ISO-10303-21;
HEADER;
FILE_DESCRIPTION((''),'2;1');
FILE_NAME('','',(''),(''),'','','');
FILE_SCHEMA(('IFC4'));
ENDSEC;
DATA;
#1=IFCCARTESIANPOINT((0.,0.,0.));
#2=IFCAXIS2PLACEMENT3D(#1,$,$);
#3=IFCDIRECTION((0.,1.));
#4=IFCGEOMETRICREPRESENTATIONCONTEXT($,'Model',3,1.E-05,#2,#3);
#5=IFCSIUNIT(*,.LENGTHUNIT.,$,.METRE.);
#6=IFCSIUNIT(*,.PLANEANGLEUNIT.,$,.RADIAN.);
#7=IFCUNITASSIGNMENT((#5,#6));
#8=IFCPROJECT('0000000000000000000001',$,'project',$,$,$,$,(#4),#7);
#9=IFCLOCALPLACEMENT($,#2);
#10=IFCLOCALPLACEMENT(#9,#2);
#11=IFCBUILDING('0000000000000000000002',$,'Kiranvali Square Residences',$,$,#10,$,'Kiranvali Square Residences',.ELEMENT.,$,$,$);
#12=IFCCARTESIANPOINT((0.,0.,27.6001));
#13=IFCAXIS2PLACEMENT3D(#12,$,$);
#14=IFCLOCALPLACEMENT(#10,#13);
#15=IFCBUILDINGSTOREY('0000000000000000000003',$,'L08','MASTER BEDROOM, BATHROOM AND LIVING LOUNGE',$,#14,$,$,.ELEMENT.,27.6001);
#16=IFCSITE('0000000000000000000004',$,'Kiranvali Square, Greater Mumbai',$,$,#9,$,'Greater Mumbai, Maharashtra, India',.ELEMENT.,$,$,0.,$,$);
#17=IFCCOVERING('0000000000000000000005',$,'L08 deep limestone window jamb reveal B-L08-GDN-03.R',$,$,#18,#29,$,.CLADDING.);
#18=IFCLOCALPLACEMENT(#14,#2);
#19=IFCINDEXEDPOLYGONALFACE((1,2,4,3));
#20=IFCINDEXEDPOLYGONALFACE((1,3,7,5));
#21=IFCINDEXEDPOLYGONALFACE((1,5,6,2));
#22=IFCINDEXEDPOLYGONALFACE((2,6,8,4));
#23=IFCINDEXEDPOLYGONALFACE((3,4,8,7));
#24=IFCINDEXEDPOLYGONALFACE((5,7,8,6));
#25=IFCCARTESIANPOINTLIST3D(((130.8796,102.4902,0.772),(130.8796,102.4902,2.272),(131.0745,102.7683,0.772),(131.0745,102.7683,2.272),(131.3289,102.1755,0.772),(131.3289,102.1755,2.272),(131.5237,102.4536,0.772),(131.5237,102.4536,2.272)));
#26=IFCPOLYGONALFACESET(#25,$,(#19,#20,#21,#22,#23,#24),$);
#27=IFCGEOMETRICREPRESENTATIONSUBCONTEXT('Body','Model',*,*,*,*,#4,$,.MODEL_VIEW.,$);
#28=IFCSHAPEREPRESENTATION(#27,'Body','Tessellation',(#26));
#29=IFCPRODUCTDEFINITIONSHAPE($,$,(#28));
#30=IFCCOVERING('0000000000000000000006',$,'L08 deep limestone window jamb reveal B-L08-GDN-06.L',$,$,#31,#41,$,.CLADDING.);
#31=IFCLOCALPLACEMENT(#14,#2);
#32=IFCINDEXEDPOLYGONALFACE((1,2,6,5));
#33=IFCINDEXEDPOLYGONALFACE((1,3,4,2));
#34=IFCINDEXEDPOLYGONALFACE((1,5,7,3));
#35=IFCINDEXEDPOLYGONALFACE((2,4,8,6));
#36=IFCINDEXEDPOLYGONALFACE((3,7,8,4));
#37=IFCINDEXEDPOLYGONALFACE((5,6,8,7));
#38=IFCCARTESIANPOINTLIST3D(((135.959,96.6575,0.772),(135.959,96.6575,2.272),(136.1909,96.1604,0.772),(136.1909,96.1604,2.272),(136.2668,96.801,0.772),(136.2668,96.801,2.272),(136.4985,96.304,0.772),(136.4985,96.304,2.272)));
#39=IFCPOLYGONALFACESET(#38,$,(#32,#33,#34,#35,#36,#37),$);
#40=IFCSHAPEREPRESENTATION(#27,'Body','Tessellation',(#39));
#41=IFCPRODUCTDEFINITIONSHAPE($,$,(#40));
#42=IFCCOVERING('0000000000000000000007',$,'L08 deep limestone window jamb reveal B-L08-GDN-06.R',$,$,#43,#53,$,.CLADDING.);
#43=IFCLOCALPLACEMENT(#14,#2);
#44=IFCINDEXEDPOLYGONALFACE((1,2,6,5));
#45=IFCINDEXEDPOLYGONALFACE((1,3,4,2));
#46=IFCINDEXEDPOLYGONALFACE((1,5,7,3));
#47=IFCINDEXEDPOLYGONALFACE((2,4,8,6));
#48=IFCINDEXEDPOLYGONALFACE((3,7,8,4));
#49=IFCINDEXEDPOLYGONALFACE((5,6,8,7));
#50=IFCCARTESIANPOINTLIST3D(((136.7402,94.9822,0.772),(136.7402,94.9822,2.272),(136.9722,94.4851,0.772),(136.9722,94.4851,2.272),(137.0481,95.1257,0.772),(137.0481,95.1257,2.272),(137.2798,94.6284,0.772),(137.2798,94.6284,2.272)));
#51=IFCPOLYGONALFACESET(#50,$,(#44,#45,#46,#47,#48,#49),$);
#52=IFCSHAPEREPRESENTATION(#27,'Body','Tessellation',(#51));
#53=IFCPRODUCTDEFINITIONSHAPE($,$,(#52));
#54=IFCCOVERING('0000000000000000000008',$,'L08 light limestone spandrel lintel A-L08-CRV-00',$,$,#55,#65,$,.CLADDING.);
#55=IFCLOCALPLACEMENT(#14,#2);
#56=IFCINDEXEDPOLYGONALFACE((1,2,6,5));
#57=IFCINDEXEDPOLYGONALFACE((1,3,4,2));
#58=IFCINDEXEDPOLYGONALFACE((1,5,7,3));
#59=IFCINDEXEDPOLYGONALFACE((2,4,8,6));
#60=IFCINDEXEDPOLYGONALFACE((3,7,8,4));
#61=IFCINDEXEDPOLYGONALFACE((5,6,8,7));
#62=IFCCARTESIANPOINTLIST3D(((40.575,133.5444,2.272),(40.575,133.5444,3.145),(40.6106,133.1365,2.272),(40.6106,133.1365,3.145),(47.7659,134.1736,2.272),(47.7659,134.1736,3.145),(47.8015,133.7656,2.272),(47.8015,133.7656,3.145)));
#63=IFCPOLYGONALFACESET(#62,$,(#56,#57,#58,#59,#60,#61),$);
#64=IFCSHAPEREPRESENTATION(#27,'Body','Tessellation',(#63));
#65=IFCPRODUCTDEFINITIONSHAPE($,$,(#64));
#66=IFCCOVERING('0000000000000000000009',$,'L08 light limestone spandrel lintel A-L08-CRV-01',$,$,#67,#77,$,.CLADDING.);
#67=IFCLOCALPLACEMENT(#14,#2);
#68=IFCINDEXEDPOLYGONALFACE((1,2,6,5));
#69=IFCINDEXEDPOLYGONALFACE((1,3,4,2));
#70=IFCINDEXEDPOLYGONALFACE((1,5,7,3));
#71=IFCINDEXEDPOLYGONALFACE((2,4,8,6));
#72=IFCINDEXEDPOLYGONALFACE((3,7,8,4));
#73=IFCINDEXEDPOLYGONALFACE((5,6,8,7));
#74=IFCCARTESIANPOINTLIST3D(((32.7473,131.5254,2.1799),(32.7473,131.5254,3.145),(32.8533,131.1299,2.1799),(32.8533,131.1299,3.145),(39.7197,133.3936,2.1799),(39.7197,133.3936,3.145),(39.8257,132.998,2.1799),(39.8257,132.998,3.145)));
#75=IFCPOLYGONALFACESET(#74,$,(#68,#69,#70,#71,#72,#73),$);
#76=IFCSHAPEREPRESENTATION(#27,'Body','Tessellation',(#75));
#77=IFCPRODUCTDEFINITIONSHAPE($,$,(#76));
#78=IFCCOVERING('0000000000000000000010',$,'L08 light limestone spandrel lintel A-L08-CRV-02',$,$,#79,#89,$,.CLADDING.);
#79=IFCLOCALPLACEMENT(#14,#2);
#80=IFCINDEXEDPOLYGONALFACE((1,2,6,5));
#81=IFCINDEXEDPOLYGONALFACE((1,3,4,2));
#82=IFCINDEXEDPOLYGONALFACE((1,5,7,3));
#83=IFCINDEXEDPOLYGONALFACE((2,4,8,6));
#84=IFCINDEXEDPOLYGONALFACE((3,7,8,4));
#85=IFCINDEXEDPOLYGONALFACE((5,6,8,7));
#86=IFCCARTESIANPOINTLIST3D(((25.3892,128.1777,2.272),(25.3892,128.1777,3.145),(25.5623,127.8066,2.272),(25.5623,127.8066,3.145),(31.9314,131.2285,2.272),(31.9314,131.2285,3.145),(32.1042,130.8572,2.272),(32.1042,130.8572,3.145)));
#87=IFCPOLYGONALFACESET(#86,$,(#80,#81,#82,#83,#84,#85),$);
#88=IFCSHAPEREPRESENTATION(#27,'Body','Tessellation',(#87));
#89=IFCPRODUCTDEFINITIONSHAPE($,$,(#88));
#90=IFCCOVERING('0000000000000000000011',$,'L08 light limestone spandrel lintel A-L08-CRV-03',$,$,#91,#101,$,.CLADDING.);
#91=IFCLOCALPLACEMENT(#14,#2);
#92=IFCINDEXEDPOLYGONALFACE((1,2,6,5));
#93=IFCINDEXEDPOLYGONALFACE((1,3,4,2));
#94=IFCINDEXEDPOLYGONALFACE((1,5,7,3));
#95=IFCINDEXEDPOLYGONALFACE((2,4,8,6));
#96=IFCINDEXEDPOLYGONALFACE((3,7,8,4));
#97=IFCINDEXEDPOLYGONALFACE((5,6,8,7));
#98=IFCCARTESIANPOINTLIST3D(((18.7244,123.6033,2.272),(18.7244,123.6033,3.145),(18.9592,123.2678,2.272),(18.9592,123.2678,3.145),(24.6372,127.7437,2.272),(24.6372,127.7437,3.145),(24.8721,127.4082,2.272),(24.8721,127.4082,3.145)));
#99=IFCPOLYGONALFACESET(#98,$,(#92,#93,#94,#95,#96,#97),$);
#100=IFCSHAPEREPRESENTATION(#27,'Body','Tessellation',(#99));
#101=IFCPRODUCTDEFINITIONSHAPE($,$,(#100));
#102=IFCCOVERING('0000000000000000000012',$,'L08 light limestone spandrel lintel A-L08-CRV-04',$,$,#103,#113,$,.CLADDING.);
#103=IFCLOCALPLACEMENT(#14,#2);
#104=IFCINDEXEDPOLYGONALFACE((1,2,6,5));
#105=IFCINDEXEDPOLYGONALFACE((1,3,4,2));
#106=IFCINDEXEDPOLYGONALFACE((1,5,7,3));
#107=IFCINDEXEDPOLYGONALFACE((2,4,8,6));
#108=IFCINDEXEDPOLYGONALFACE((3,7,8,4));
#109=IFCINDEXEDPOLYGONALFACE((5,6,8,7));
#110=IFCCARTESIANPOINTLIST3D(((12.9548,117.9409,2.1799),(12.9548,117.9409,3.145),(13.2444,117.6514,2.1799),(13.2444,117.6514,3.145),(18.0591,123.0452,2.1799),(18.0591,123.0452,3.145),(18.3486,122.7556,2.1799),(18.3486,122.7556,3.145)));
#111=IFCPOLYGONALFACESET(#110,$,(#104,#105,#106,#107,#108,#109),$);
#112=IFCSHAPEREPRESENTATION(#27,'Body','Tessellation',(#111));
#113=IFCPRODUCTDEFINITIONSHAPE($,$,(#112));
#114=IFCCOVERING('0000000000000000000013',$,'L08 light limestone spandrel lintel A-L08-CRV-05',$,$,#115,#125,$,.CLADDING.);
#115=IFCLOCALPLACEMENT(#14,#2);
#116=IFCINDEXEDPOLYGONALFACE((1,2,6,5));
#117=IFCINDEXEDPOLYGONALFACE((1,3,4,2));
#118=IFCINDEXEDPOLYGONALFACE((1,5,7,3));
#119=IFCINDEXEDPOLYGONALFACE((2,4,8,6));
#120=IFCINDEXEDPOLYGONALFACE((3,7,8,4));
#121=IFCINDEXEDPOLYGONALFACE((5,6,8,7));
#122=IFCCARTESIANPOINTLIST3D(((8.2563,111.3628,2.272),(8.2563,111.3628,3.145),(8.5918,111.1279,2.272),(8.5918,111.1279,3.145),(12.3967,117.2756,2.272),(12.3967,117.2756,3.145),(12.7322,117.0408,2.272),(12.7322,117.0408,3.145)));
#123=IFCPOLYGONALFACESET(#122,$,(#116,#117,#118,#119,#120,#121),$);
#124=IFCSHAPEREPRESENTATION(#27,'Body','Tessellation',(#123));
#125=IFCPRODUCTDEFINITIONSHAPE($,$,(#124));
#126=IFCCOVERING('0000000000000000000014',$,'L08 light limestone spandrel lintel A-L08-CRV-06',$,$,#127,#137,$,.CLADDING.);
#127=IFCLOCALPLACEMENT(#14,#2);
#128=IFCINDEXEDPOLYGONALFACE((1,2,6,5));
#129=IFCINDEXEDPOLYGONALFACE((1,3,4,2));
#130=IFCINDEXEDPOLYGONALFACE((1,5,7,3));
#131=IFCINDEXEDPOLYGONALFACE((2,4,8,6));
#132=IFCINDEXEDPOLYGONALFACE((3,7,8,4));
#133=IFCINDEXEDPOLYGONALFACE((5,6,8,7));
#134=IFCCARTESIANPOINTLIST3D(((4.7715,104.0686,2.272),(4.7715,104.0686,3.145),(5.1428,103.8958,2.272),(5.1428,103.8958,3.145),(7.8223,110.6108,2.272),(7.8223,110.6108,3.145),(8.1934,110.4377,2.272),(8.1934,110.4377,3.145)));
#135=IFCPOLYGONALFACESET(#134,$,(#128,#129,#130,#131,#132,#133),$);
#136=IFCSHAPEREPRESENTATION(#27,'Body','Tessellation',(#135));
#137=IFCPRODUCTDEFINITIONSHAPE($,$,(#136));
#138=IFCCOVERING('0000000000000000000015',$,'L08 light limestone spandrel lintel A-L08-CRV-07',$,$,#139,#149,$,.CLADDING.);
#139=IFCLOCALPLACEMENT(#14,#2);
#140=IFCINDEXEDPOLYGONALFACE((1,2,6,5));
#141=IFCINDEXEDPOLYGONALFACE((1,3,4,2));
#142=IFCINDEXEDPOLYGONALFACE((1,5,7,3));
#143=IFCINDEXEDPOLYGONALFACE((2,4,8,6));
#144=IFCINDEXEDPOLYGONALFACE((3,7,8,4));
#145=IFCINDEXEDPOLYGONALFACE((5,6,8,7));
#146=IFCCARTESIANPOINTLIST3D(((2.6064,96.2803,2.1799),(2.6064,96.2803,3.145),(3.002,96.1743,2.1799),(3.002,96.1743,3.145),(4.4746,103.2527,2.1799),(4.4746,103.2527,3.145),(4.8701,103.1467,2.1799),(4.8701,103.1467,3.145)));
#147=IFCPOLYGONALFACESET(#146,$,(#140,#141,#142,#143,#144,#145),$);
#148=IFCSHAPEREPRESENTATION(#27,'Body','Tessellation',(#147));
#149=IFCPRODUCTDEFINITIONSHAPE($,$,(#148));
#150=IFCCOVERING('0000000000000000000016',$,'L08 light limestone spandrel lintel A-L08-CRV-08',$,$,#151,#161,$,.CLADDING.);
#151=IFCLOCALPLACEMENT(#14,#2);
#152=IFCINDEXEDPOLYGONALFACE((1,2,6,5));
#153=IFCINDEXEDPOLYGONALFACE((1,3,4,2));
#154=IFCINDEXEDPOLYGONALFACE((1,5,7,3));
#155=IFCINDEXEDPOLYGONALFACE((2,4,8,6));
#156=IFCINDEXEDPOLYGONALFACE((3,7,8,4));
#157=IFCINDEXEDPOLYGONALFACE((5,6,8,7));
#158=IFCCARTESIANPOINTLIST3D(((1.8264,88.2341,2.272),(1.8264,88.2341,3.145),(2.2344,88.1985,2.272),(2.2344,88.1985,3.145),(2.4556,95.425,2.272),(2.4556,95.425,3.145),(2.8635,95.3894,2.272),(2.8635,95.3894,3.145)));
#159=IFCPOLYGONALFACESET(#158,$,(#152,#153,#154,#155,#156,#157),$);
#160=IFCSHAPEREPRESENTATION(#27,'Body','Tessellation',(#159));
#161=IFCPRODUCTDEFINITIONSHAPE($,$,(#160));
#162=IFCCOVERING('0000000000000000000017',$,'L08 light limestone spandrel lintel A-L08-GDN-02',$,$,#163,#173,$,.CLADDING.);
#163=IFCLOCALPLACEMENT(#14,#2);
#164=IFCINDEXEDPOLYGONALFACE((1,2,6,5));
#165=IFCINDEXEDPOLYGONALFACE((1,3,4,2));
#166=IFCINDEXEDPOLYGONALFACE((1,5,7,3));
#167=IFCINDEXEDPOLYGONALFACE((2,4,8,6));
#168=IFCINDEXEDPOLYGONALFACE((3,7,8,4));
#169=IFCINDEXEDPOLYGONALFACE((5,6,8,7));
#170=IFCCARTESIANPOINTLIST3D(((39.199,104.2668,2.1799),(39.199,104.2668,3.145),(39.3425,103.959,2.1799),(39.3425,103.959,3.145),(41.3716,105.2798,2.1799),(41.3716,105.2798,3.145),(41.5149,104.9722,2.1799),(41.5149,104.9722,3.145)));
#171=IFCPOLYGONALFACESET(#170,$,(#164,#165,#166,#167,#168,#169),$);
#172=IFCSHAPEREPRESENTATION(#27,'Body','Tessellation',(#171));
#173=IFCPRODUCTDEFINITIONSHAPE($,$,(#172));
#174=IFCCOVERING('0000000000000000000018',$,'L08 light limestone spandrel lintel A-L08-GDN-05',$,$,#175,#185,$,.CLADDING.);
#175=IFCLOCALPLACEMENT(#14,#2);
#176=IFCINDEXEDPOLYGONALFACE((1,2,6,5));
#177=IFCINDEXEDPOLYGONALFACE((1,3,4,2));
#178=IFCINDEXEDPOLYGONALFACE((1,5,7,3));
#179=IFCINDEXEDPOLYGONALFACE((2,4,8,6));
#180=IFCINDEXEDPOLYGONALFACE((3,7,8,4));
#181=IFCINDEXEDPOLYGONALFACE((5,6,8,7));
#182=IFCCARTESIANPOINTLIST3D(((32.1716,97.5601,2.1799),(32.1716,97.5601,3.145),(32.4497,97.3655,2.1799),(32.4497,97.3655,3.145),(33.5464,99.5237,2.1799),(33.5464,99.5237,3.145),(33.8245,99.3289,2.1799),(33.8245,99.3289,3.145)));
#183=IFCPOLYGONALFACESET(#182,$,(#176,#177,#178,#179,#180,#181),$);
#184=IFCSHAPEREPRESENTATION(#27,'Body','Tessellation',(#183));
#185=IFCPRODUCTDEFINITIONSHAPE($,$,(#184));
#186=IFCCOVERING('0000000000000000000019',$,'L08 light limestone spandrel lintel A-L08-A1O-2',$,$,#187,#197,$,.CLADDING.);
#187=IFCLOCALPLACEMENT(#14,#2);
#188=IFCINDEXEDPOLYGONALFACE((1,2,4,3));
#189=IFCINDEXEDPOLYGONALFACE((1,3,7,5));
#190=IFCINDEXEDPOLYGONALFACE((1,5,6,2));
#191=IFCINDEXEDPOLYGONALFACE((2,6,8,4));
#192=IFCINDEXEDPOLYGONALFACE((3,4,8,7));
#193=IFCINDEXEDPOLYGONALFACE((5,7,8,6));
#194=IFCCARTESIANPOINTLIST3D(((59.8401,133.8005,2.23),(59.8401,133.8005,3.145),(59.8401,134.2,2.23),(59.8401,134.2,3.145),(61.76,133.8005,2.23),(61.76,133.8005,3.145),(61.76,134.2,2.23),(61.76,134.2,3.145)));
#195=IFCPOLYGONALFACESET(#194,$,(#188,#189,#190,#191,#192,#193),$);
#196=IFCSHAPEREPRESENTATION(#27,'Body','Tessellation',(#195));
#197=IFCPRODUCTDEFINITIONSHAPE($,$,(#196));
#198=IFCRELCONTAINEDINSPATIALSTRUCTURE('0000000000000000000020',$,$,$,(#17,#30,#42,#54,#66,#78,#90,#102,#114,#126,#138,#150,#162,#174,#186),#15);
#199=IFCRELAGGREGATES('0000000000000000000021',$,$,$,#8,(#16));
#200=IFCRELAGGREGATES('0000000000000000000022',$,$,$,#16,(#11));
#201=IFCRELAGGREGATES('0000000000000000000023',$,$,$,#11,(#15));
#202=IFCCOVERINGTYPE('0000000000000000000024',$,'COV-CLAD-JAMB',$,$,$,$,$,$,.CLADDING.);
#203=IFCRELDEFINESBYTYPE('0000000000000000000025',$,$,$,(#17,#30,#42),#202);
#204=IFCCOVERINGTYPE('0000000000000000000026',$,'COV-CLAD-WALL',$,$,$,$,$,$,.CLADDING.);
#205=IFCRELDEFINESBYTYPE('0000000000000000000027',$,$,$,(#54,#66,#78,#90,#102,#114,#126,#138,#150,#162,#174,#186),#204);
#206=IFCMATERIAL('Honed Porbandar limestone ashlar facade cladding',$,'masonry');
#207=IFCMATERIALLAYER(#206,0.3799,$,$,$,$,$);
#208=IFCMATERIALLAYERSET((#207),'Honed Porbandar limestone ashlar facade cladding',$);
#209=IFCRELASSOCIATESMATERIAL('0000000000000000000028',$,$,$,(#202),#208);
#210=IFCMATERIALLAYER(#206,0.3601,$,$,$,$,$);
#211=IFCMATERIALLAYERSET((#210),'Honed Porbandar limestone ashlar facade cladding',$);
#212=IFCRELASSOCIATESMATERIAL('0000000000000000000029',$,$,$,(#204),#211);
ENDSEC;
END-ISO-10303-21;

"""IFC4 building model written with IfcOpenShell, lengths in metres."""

from ifc_helpers import new_model, si_unit, direction, frame, origin, place, context, subcontext, project, spatial, polyline, outline, extrude, material, layer, layer_set, type_object, element, save


model = new_model("IFC4")

# Units and contexts
model_context = context("Model", 3, precision=1e-05, world=origin(), true_north=direction((0.0, 1.0)))
body_context = subcontext(model_context, "Body", "Model", "MODEL_VIEW")
ifc_project = project(units=[si_unit("LENGTHUNIT", "METRE"), si_unit("PLANEANGLEUNIT", "RADIAN")], contexts=[model_context])

# Site, building, storey
site_placement = place(None, origin())
site = spatial("IfcSite", under=ifc_project, at=site_placement, Name="Kiranvali Square, Greater Mumbai", LongName="Greater Mumbai, Maharashtra, India", CompositionType="ELEMENT", RefElevation=0.0)
building_placement = place(site_placement, origin())
building = spatial("IfcBuilding", under=site, at=building_placement, Name="Kiranvali Square Residences", LongName="Kiranvali Square Residences", CompositionType="ELEMENT")
storey_placement = place(building_placement, frame((0.0, 0.0, 27.6001)))
storey = spatial("IfcBuildingStorey", under=building, at=storey_placement, Name="L08", Description="MASTER BEDROOM, BATHROOM AND LIVING LOUNGE", CompositionType="ELEMENT", Elevation=27.6001)

# Coverings
ifc_material = material(Name="Honed Porbandar limestone ashlar facade cladding", Category="masonry")
ifc_layer_1 = layer(ifc_material, 0.3799)
ifc_layer_set_1 = layer_set([ifc_layer_1], Name="Honed Porbandar limestone ashlar facade cladding")
covering_type_1 = type_object("IfcCoveringType", Name="COV-CLAD-JAMB", PredefinedType="CLADDING", material=ifc_layer_set_1)
covering_1_placement = place(storey_placement, frame((0.0, 0.0, 0.772)))
element("IfcCovering", 1, at=covering_1_placement, inside=storey, type_object=covering_type_1, Name="L08 deep limestone window jamb reveal B-L08-GDN-03.R", PredefinedType="CLADDING", context=body_context, shape_type="SweptSolid", body=[
    extrude(outline(polyline([(130.8796, 102.4902), (131.3289, 102.1755), (131.5237, 102.4536), (131.0745, 102.7683), (130.8796, 102.4902)])), origin(), (0.0, 0.0, 1.0), 1.5),
])
covering_2_placement = place(storey_placement, frame((0.0, 0.0, 0.772)))
element("IfcCovering", 2, at=covering_2_placement, inside=storey, type_object=covering_type_1, Name="L08 deep limestone window jamb reveal B-L08-GDN-06.L", PredefinedType="CLADDING", context=body_context, shape_type="SweptSolid", body=[
    extrude(outline(polyline([(135.959, 96.6575), (136.1909, 96.1604), (136.4985, 96.304), (136.2668, 96.801), (135.959, 96.6575)])), origin(), (0.0, 0.0, 1.0), 1.5),
])
covering_3_placement = place(storey_placement, frame((0.0, 0.0, 0.772)))
element("IfcCovering", 3, at=covering_3_placement, inside=storey, type_object=covering_type_1, Name="L08 deep limestone window jamb reveal B-L08-GDN-06.R", PredefinedType="CLADDING", context=body_context, shape_type="SweptSolid", body=[
    extrude(outline(polyline([(136.7402, 94.9822), (136.9722, 94.4851), (137.2798, 94.6284), (137.0481, 95.1257), (136.7402, 94.9822)])), origin(), (0.0, 0.0, 1.0), 1.5),
])
ifc_layer_2 = layer(ifc_material, 0.3601)
ifc_layer_set_2 = layer_set([ifc_layer_2], Name="Honed Porbandar limestone ashlar facade cladding")
covering_type_2 = type_object("IfcCoveringType", Name="COV-CLAD-WALL", PredefinedType="CLADDING", material=ifc_layer_set_2)
covering_4_placement = place(storey_placement, frame((0.0, 0.0, 2.272)))
element("IfcCovering", 4, at=covering_4_placement, inside=storey, type_object=covering_type_2, Name="L08 light limestone spandrel lintel A-L08-CRV-00", PredefinedType="CLADDING", context=body_context, shape_type="SweptSolid", body=[
    extrude(outline(polyline([(47.7659, 134.1736), (40.575, 133.5444), (40.6106, 133.1365), (47.8015, 133.7656), (47.7659, 134.1736)])), origin(), (0.0, 0.0, 1.0), 0.873),
])
covering_5_placement = place(storey_placement, frame((0.0, 0.0, 2.1799)))
element("IfcCovering", 5, at=covering_5_placement, inside=storey, type_object=covering_type_2, Name="L08 light limestone spandrel lintel A-L08-CRV-01", PredefinedType="CLADDING", context=body_context, shape_type="SweptSolid", body=[
    extrude(outline(polyline([(39.7197, 133.3936), (32.7473, 131.5254), (32.8533, 131.1299), (39.8257, 132.998), (39.7197, 133.3936)])), origin(), (0.0, 0.0, 1.0), 0.9651),
])
covering_6_placement = place(storey_placement, frame((0.0, 0.0, 2.272)))
element("IfcCovering", 6, at=covering_6_placement, inside=storey, type_object=covering_type_2, Name="L08 light limestone spandrel lintel A-L08-CRV-02", PredefinedType="CLADDING", context=body_context, shape_type="SweptSolid", body=[
    extrude(outline(polyline([(31.9314, 131.2285), (25.3892, 128.1777), (25.5623, 127.8066), (32.1042, 130.8572), (31.9314, 131.2285)])), origin(), (0.0, 0.0, 1.0), 0.873),
])
covering_7_placement = place(storey_placement, frame((0.0, 0.0, 2.272)))
element("IfcCovering", 7, at=covering_7_placement, inside=storey, type_object=covering_type_2, Name="L08 light limestone spandrel lintel A-L08-CRV-03", PredefinedType="CLADDING", context=body_context, shape_type="SweptSolid", body=[
    extrude(outline(polyline([(24.6372, 127.7437), (18.7244, 123.6033), (18.9592, 123.2678), (24.8721, 127.4082), (24.6372, 127.7437)])), origin(), (0.0, 0.0, 1.0), 0.873),
])
covering_8_placement = place(storey_placement, frame((0.0, 0.0, 2.1799)))
element("IfcCovering", 8, at=covering_8_placement, inside=storey, type_object=covering_type_2, Name="L08 light limestone spandrel lintel A-L08-CRV-04", PredefinedType="CLADDING", context=body_context, shape_type="SweptSolid", body=[
    extrude(outline(polyline([(18.0591, 123.0452), (12.9548, 117.9409), (13.2444, 117.6514), (18.3486, 122.7556), (18.0591, 123.0452)])), origin(), (0.0, 0.0, 1.0), 0.9651),
])
covering_9_placement = place(storey_placement, frame((0.0, 0.0, 2.272)))
element("IfcCovering", 9, at=covering_9_placement, inside=storey, type_object=covering_type_2, Name="L08 light limestone spandrel lintel A-L08-CRV-05", PredefinedType="CLADDING", context=body_context, shape_type="SweptSolid", body=[
    extrude(outline(polyline([(12.3967, 117.2756), (8.2563, 111.3628), (8.5918, 111.1279), (12.7322, 117.0408), (12.3967, 117.2756)])), origin(), (0.0, 0.0, 1.0), 0.873),
])
covering_10_placement = place(storey_placement, frame((0.0, 0.0, 2.272)))
element("IfcCovering", 10, at=covering_10_placement, inside=storey, type_object=covering_type_2, Name="L08 light limestone spandrel lintel A-L08-CRV-06", PredefinedType="CLADDING", context=body_context, shape_type="SweptSolid", body=[
    extrude(outline(polyline([(7.8223, 110.6108), (4.7715, 104.0686), (5.1428, 103.8958), (8.1934, 110.4377), (7.8223, 110.6108)])), origin(), (0.0, 0.0, 1.0), 0.873),
])
covering_11_placement = place(storey_placement, frame((0.0, 0.0, 2.1799)))
element("IfcCovering", 11, at=covering_11_placement, inside=storey, type_object=covering_type_2, Name="L08 light limestone spandrel lintel A-L08-CRV-07", PredefinedType="CLADDING", context=body_context, shape_type="SweptSolid", body=[
    extrude(outline(polyline([(4.4746, 103.2527), (2.6064, 96.2803), (3.002, 96.1743), (4.8701, 103.1467), (4.4746, 103.2527)])), origin(), (0.0, 0.0, 1.0), 0.9651),
])
covering_12_placement = place(storey_placement, frame((0.0, 0.0, 2.272)))
element("IfcCovering", 12, at=covering_12_placement, inside=storey, type_object=covering_type_2, Name="L08 light limestone spandrel lintel A-L08-CRV-08", PredefinedType="CLADDING", context=body_context, shape_type="SweptSolid", body=[
    extrude(outline(polyline([(2.4556, 95.425), (1.8264, 88.2341), (2.2344, 88.1985), (2.8635, 95.3894), (2.4556, 95.425)])), origin(), (0.0, 0.0, 1.0), 0.873),
])
covering_13_placement = place(storey_placement, frame((0.0, 0.0, 2.1799)))
element("IfcCovering", 13, at=covering_13_placement, inside=storey, type_object=covering_type_2, Name="L08 light limestone spandrel lintel A-L08-GDN-02", PredefinedType="CLADDING", context=body_context, shape_type="SweptSolid", body=[
    extrude(outline(polyline([(41.3716, 105.2798), (39.199, 104.2668), (39.3425, 103.959), (41.5149, 104.9722), (41.3716, 105.2798)])), origin(), (0.0, 0.0, 1.0), 0.9651),
])
covering_14_placement = place(storey_placement, frame((0.0, 0.0, 2.1799)))
element("IfcCovering", 14, at=covering_14_placement, inside=storey, type_object=covering_type_2, Name="L08 light limestone spandrel lintel A-L08-GDN-05", PredefinedType="CLADDING", context=body_context, shape_type="SweptSolid", body=[
    extrude(outline(polyline([(33.5464, 99.5237), (32.1716, 97.5601), (32.4497, 97.3655), (33.8245, 99.3289), (33.5464, 99.5237)])), origin(), (0.0, 0.0, 1.0), 0.9651),
])
covering_15_placement = place(storey_placement, frame((0.0, 0.0, 2.23)))
element("IfcCovering", 15, at=covering_15_placement, inside=storey, type_object=covering_type_2, Name="L08 light limestone spandrel lintel A-L08-A1O-2", PredefinedType="CLADDING", context=body_context, shape_type="SweptSolid", body=[
    extrude(outline(polyline([(59.8401, 133.8005), (61.76, 133.8005), (61.76, 134.2), (59.8401, 134.2), (59.8401, 133.8005)])), origin(), (0.0, 0.0, 1.0), 0.915),
])

save(model, "model.ifc")
